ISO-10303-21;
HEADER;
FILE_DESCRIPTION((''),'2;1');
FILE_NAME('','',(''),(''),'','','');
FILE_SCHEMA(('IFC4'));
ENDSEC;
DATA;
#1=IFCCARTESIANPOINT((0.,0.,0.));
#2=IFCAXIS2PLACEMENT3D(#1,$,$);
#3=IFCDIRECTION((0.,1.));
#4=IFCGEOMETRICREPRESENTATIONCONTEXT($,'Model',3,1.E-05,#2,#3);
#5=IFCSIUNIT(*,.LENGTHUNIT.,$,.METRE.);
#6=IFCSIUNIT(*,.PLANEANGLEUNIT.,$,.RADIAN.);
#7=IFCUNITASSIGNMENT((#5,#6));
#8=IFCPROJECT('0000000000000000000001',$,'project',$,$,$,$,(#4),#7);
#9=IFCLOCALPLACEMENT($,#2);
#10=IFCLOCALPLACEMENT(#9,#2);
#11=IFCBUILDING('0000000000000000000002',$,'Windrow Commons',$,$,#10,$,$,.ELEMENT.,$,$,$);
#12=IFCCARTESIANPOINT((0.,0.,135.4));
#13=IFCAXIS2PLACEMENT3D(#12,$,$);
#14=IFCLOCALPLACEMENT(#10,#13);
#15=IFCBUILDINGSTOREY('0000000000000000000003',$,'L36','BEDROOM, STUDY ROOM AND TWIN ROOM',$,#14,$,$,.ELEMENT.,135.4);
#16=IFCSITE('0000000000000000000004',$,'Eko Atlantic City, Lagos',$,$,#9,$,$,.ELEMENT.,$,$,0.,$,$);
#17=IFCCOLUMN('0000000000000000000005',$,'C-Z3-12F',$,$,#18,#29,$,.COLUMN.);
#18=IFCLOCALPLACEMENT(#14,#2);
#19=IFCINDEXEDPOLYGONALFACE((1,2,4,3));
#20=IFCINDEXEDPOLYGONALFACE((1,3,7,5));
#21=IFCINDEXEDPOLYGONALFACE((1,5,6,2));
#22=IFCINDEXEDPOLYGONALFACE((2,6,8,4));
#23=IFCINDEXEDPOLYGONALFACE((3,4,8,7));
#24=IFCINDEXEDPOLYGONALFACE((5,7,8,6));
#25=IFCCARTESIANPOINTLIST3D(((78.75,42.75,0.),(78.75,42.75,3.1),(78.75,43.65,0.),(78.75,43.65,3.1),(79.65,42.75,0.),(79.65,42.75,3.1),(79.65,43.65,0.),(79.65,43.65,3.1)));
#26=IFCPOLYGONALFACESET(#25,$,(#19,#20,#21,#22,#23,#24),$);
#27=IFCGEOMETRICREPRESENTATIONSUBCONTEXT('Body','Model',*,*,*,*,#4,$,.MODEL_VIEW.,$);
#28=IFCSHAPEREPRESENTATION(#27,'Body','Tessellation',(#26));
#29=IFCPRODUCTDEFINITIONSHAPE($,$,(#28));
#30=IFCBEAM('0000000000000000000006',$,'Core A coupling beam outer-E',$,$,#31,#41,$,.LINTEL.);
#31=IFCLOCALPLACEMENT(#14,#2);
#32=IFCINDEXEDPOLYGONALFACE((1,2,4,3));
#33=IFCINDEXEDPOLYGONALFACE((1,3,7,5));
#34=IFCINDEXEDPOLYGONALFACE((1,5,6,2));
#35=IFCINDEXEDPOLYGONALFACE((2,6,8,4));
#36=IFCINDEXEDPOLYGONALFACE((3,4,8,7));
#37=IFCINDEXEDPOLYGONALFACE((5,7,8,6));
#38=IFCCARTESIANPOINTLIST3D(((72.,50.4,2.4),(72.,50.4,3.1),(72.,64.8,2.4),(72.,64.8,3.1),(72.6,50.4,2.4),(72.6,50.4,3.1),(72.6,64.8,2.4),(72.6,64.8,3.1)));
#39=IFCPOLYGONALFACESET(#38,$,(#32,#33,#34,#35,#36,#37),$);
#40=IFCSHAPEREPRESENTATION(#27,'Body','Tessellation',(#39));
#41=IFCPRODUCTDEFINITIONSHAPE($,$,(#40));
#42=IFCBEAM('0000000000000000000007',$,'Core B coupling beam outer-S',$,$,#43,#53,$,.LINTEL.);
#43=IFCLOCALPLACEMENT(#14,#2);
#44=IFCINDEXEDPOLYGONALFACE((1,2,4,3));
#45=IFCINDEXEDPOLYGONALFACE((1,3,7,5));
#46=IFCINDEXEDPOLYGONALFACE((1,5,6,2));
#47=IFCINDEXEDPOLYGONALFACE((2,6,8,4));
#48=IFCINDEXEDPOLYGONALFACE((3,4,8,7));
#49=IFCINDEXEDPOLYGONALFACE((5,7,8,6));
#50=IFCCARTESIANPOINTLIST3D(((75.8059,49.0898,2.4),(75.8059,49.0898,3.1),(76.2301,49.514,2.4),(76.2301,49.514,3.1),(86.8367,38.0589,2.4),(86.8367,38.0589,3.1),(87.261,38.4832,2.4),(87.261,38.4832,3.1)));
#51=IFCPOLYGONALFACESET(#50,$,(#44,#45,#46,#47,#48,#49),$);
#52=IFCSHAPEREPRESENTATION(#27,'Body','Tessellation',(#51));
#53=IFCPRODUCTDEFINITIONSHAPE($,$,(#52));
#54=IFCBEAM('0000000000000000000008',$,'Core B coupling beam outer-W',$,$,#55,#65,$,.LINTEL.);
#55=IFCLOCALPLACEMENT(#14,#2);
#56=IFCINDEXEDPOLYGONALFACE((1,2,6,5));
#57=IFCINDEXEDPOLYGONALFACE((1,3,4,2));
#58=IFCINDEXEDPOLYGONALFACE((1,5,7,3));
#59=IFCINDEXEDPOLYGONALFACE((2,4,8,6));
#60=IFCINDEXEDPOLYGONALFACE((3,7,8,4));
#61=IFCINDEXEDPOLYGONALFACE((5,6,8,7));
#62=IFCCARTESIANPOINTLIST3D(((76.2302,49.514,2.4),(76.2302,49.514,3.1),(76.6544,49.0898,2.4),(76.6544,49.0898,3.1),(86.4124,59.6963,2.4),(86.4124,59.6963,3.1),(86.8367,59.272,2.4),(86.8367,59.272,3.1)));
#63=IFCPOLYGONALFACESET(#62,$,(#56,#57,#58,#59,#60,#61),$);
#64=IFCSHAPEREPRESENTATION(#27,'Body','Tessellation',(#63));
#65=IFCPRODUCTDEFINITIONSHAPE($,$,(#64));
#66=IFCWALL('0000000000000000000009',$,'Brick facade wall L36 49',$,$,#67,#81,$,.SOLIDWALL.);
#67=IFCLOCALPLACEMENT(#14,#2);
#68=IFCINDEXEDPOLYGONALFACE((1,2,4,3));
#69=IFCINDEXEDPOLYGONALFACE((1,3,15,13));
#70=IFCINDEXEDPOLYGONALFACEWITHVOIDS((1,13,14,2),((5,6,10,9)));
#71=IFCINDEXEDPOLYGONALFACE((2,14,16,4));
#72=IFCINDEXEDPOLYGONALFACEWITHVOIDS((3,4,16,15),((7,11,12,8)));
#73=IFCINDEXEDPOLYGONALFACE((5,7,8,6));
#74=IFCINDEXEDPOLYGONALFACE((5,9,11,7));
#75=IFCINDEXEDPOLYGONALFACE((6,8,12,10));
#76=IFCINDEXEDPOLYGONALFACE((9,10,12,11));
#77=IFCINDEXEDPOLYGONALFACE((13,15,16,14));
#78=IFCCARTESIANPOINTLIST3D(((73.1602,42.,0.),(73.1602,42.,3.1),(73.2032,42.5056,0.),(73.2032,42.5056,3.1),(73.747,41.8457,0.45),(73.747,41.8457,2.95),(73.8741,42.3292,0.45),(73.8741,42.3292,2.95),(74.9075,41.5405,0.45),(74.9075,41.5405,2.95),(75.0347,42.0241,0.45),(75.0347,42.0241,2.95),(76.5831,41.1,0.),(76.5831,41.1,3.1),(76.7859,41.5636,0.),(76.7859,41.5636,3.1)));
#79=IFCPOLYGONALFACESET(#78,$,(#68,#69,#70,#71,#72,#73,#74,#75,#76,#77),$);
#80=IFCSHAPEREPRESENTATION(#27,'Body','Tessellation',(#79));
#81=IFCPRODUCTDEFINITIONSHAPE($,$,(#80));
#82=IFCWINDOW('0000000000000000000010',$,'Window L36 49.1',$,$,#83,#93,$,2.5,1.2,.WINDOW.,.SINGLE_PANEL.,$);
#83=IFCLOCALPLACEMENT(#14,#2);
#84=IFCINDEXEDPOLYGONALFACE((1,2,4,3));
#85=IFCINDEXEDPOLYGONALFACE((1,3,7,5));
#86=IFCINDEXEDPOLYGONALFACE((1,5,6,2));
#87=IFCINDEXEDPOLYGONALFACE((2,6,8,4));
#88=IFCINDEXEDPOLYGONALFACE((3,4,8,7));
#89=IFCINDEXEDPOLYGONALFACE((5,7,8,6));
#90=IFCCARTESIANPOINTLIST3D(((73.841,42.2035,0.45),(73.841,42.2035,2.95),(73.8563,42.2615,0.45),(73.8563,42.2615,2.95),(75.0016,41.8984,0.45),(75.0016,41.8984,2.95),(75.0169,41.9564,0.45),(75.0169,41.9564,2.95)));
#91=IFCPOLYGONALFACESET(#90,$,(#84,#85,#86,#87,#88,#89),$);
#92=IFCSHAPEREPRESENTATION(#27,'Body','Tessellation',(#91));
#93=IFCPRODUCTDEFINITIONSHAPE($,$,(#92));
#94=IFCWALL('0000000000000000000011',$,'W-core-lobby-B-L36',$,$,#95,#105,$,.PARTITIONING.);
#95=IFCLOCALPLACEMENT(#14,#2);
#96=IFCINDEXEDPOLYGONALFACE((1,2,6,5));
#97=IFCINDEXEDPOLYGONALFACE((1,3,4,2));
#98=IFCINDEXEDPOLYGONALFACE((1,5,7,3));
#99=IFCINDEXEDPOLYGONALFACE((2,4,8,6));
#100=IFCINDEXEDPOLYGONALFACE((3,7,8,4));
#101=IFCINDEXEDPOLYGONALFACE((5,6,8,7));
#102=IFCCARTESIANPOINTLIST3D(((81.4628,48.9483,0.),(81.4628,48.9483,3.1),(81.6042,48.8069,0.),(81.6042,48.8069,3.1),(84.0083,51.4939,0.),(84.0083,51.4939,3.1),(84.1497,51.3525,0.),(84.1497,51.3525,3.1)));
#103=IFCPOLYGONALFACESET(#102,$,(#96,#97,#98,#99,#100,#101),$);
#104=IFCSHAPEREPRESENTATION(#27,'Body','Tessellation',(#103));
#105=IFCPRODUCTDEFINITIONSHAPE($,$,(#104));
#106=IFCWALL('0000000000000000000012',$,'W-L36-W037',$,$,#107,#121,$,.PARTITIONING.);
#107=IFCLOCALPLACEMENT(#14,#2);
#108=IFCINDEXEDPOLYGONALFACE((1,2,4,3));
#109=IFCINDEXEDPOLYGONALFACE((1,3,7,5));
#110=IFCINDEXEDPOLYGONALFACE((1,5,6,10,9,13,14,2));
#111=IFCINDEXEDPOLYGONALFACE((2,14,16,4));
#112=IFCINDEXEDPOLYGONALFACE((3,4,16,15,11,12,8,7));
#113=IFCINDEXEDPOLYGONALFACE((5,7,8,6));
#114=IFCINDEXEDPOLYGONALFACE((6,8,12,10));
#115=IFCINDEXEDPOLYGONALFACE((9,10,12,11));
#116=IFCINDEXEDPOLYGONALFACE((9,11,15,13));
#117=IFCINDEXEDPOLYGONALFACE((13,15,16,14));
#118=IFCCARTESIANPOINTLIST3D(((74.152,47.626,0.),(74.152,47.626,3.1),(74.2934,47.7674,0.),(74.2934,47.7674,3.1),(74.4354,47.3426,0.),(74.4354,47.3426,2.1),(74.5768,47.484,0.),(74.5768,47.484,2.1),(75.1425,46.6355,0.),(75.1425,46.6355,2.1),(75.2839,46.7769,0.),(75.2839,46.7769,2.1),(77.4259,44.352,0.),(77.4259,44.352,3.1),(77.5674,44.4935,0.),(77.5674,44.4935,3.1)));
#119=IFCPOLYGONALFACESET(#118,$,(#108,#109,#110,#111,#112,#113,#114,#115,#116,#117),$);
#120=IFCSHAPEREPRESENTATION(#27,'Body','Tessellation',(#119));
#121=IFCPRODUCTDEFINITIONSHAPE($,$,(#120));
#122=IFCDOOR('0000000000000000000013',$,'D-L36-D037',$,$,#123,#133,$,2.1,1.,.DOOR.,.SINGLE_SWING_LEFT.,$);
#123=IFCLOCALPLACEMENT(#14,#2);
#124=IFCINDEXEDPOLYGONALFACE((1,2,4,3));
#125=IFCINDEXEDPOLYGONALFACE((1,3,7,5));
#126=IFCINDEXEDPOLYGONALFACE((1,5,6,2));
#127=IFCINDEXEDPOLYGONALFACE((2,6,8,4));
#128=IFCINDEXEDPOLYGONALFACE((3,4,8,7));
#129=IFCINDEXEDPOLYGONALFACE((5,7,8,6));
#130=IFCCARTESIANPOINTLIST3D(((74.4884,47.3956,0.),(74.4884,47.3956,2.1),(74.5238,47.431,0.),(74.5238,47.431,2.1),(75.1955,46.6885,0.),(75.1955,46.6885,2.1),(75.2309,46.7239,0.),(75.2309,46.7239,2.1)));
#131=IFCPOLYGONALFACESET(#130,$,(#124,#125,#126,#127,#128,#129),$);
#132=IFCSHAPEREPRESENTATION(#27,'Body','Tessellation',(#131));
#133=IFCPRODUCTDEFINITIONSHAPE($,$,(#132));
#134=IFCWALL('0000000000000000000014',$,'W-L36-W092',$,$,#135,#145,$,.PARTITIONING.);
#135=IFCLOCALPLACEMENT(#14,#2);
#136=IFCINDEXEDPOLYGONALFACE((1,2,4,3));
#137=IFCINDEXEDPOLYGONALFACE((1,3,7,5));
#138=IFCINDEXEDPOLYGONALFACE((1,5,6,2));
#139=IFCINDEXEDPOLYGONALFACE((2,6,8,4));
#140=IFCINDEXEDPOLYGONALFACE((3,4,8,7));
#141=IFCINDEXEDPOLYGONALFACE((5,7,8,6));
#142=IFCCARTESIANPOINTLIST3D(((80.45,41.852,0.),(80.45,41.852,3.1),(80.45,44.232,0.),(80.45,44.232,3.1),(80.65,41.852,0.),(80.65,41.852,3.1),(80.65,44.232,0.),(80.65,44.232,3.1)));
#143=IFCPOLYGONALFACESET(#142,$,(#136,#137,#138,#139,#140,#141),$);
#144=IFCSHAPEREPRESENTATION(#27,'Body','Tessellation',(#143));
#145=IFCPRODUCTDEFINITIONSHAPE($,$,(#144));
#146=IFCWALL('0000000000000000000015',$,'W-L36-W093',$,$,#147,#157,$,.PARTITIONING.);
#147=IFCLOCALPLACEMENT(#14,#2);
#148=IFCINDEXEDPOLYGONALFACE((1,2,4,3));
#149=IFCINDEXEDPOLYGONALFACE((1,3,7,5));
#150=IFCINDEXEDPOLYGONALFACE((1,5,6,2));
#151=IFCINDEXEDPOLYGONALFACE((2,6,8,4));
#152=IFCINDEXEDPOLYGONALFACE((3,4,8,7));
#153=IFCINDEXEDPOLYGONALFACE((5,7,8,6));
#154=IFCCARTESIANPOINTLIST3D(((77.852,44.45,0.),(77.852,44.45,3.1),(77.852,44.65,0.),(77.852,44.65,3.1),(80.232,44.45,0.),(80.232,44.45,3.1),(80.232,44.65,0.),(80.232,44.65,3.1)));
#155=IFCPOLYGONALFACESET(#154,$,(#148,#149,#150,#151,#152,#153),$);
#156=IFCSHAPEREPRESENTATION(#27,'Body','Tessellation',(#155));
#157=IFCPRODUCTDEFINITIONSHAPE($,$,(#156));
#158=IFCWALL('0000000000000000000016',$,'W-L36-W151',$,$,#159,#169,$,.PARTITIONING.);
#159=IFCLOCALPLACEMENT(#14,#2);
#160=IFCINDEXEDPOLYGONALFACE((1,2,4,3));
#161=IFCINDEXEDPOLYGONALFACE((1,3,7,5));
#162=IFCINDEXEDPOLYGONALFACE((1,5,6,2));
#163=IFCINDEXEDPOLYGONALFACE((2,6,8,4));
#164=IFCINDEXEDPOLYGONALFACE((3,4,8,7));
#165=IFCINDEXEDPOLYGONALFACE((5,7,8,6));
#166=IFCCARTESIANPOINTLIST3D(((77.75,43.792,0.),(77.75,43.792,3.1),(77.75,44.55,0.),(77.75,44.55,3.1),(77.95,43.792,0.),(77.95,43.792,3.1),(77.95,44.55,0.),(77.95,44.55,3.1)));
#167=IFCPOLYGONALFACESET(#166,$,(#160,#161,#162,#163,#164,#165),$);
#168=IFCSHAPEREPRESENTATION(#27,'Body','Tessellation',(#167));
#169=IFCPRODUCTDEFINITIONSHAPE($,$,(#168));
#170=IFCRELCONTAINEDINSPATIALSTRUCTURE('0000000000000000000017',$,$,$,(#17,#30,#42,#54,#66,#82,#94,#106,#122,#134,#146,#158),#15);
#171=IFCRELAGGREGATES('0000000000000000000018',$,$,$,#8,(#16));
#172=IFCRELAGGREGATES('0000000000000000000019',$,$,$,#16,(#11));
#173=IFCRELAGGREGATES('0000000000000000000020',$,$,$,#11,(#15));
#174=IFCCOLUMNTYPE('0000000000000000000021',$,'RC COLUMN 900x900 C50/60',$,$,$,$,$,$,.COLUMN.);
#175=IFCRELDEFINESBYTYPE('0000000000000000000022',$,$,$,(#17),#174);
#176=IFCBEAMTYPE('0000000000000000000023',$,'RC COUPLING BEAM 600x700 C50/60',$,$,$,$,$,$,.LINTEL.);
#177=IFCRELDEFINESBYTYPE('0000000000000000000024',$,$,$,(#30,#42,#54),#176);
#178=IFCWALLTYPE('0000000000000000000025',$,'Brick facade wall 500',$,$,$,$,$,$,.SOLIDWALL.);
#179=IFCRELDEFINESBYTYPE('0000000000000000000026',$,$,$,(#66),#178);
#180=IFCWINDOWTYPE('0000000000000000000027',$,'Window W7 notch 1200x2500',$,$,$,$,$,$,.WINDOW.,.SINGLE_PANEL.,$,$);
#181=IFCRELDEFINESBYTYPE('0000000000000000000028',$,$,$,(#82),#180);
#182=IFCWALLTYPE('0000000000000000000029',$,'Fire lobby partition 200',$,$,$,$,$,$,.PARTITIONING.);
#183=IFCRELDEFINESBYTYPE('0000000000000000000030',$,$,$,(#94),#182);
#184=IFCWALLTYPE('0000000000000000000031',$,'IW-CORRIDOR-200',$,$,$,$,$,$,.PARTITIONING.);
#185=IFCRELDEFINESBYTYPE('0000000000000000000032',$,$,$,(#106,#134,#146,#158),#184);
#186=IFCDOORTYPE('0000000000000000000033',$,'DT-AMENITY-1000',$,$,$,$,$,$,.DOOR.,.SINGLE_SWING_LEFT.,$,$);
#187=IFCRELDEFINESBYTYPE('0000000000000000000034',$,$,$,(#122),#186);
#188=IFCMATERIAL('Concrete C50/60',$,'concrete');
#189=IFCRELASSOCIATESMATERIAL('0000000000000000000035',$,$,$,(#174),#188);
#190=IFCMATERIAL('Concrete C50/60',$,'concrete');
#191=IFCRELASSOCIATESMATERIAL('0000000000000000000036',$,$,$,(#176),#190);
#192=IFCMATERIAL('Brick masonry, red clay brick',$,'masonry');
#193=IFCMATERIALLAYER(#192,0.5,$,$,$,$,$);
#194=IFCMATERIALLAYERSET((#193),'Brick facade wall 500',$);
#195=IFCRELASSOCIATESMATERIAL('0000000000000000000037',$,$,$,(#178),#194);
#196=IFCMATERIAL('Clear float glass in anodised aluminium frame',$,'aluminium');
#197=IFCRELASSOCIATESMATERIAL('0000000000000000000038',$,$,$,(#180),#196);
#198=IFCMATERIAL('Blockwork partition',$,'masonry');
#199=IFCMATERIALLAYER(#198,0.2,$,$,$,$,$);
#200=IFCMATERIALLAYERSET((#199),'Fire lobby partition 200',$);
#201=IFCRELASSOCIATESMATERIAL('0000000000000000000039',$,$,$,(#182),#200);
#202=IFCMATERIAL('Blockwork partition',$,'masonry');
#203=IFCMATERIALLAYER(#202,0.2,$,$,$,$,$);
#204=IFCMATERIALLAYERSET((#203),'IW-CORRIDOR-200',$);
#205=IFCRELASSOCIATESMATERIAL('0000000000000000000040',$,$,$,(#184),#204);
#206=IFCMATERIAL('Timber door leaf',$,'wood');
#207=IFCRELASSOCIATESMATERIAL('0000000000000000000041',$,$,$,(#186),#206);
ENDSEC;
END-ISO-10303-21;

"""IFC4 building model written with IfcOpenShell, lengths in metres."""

from ifc_helpers import new_model, si_unit, direction, frame, frame_2d, origin, origin_2d, place, context, subcontext, project, spatial, polyline, rectangle, outline, extrude, material, layer, layer_set, material_profile, profile_set, type_object, element, fill, save


model = new_model("IFC4")

# Units and contexts
model_context = context("Model", 3, precision=1e-05, world=origin(), true_north=direction((0.0, 1.0)))
body_context = subcontext(model_context, "Body", "Model", "MODEL_VIEW")
ifc_project = project(units=[si_unit("LENGTHUNIT", "METRE"), si_unit("PLANEANGLEUNIT", "RADIAN")], contexts=[model_context])

# Site, building, storey
site_placement = place(None, origin())
site = spatial("IfcSite", under=ifc_project, at=site_placement, Name="Eko Atlantic City, Lagos", CompositionType="ELEMENT", RefElevation=0.0)
building_placement = place(site_placement, origin())
building = spatial("IfcBuilding", under=site, at=building_placement, Name="Windrow Commons", CompositionType="ELEMENT")
storey_placement = place(building_placement, frame((0.0, 0.0, 135.4)))
storey = spatial("IfcBuildingStorey", under=building, at=storey_placement, Name="L36", Description="BEDROOM, STUDY ROOM AND TWIN ROOM", CompositionType="ELEMENT", Elevation=135.4)

# Column
ifc_material_1 = material(Name="Concrete C50/60", Category="concrete")
ifc_material_profile_1 = material_profile(ifc_material_1, rectangle(XDim=0.9, YDim=0.9, at=origin_2d()))
ifc_profile_set_1 = profile_set([ifc_material_profile_1], Name="Concrete C50/60")
column_type = type_object("IfcColumnType", Name="RC COLUMN 900x900 C50/60", PredefinedType="COLUMN", material=ifc_profile_set_1)
column_placement = place(storey_placement, frame((79.2, 43.2, 0.0), z_axis=(0.0, 0.0, 1.0), x_axis=(1.0, 0.0, 0.0)))
element("IfcColumn", 1, at=column_placement, inside=storey, type_object=column_type, Name="C-Z3-12F", PredefinedType="COLUMN", context=body_context, shape_type="SweptSolid", body=[
    extrude(rectangle(XDim=0.9, YDim=0.9, at=origin_2d()), origin(), (0.0, 0.0, 1.0), 3.1),
])

# Beams
ifc_material_2 = material(Name="Concrete C50/60", Category="concrete")
ifc_material_profile_2 = material_profile(ifc_material_2, rectangle(XDim=0.6, YDim=0.7, at=origin_2d()))
ifc_profile_set_2 = profile_set([ifc_material_profile_2], Name="Concrete C50/60")
beam_type = type_object("IfcBeamType", Name="RC COUPLING BEAM 600x700 C50/60", PredefinedType="LINTEL", material=ifc_profile_set_2)
beam_1_placement = place(storey_placement, frame((72.3, 50.4, 2.75), z_axis=(0.0, 1.0, 0.0), x_axis=(-1.0, 0.0, 0.0)))
element("IfcBeam", 2, at=beam_1_placement, inside=storey, type_object=beam_type, Name="Core A coupling beam outer-E", PredefinedType="LINTEL", context=body_context, shape_type="SweptSolid", body=[
    extrude(rectangle(XDim=0.6, YDim=0.7, at=origin_2d()), origin(), (0.0, 0.0, 1.0), 14.4),
])
beam_2_placement = place(storey_placement, frame((76.018, 49.3019, 2.75), z_axis=(0.707107, -0.707107, 0.0), x_axis=(0.707107, 0.707107, 0.0)))
element("IfcBeam", 3, at=beam_2_placement, inside=storey, type_object=beam_type, Name="Core B coupling beam outer-S", PredefinedType="LINTEL", context=body_context, shape_type="SweptSolid", body=[
    extrude(rectangle(XDim=0.6, YDim=0.7, at=origin_2d()), origin(), (0.0, 0.0, 1.0), 15.6),
])
beam_3_placement = place(storey_placement, frame((76.4423, 49.3019, 2.75), z_axis=(0.707107, 0.707107, 0.0), x_axis=(-0.707107, 0.707107, 0.0)))
element("IfcBeam", 4, at=beam_3_placement, inside=storey, type_object=beam_type, Name="Core B coupling beam outer-W", PredefinedType="LINTEL", context=body_context, shape_type="SweptSolid", body=[
    extrude(rectangle(XDim=0.6, YDim=0.7, at=origin_2d()), origin(), (0.0, 0.0, 1.0), 14.3999),
])

# Wall, opening, window
ifc_material_3 = material(Name="Brick masonry, red clay brick", Category="masonry")
ifc_layer_1 = layer(ifc_material_3, 0.5)
ifc_layer_set_1 = layer_set([ifc_layer_1], Name="Brick facade wall 500")
wall_type_1 = type_object("IfcWallType", Name="Brick facade wall 500", PredefinedType="SOLIDWALL", material=ifc_layer_set_1)
wall_1_placement = place(storey_placement, frame((73.1817, 42.2528, 0.0), z_axis=(0.0, 0.0, 1.0), x_axis=(0.967128, -0.254289, 0.0)))
wall_1 = element("IfcWall", 5, at=wall_1_placement, inside=storey, type_object=wall_type_1, Name="Brick facade wall L36 49", PredefinedType="SOLIDWALL", context=body_context, shape_type="SweptSolid", body=[
    extrude(outline(polyline([(0.0435, -0.25), (3.5827, -0.25), (3.661, 0.25), (-0.0435, 0.25), (0.0435, -0.25)])), origin(), (0.0, 0.0, 1.0), 3.1),
])
opening_1_placement = place(wall_1_placement, frame((0.6502, 0.0, 0.45)))
opening_1 = element("IfcOpeningElement", 6, at=opening_1_placement, cuts=wall_1, PredefinedType="OPENING", context=body_context, shape_type="SweptSolid", body=[
    extrude(rectangle(XDim=1.2, YDim=2.5, at=frame_2d((0.6, 1.25))), frame((0.0, 0.26, 0.0), z_axis=(0.0, -1.0, 0.0), x_axis=(1.0, 0.0, 0.0)), (0.0, 0.0, 1.0), 0.52),
])
ifc_material_4 = material(Name="Clear float glass in anodised aluminium frame", Category="aluminium")
window_type = type_object("IfcWindowType", Name="Window W7 notch 1200x2500", PartitioningType="SINGLE_PANEL", PredefinedType="WINDOW", material=ifc_material_4)
window_placement = place(opening_1_placement, origin())
window = element("IfcWindow", 7, at=window_placement, inside=storey, type_object=window_type, Name="Window L36 49.1", OverallHeight=2.5, OverallWidth=1.2, PartitioningType="SINGLE_PANEL", PredefinedType="WINDOW", context=body_context, shape_type="SweptSolid", body=[
    extrude(rectangle(XDim=1.2, YDim=2.5, at=frame_2d((0.6, 1.25))), frame((0.0, 0.18, 0.0), z_axis=(0.0, -1.0, 0.0), x_axis=(1.0, 0.0, 0.0)), (0.0, 0.0, 1.0), 0.06),
])
fill(opening_1, window)

# Wall
ifc_material_5 = material(Name="Blockwork partition", Category="masonry")
ifc_layer_2 = layer(ifc_material_5, 0.2)
ifc_layer_set_2 = layer_set([ifc_layer_2], Name="Fire lobby partition 200")
wall_type_2 = type_object("IfcWallType", Name="Fire lobby partition 200", PredefinedType="PARTITIONING", material=ifc_layer_set_2)
wall_2_placement = place(storey_placement, frame((81.5335, 48.8776, 0.0), z_axis=(0.0, 0.0, 1.0), x_axis=(0.707093, 0.707121, 0.0)))
element("IfcWall", 8, at=wall_2_placement, inside=storey, type_object=wall_type_2, Name="W-core-lobby-B-L36", PredefinedType="PARTITIONING", context=body_context, shape_type="SweptSolid", body=[
    extrude(rectangle(XDim=3.6, YDim=0.2, at=frame_2d((1.8, 0.0))), origin(), (0.0, 0.0, 1.0), 3.1),
])

# Wall, opening, door
ifc_material_6 = material(Name="Blockwork partition", Category="masonry")
ifc_layer_3 = layer(ifc_material_6, 0.2)
ifc_layer_set_3 = layer_set([ifc_layer_3], Name="IW-CORRIDOR-200")
wall_type_3 = type_object("IfcWallType", Name="IW-CORRIDOR-200", PredefinedType="PARTITIONING", material=ifc_layer_set_3)
wall_3_placement = place(storey_placement, frame((74.2227, 47.6967, 0.0), z_axis=(0.0, 0.0, 1.0), x_axis=(0.707107, -0.707107, 0.0)))
wall_3 = element("IfcWall", 9, at=wall_3_placement, inside=storey, type_object=wall_type_3, Name="W-L36-W037", PredefinedType="PARTITIONING", context=body_context, shape_type="SweptSolid", body=[
    extrude(rectangle(XDim=4.6301, YDim=0.2, at=frame_2d((2.315, 0.0))), origin(), (0.0, 0.0, 1.0), 3.1),
])
opening_2_placement = place(wall_3_placement, frame((0.4008, 0.0, 0.0)))
opening_2 = element("IfcOpeningElement", 10, at=opening_2_placement, cuts=wall_3, PredefinedType="OPENING", context=body_context, shape_type="SweptSolid", body=[
    extrude(rectangle(XDim=1.0, YDim=2.1, at=frame_2d((0.5, 1.05))), frame((0.0, 0.11, 0.0), z_axis=(0.0, -1.0, 0.0), x_axis=(1.0, 0.0, 0.0)), (0.0, 0.0, 1.0), 0.22),
])
ifc_material_7 = material(Name="Timber door leaf", Category="wood")
door_type_1 = type_object("IfcDoorType", Name="DT-AMENITY-1000", OperationType="SINGLE_SWING_LEFT", PredefinedType="DOOR", material=ifc_material_7)
door_1_placement = place(opening_2_placement, origin())
door_1 = element("IfcDoor", 11, at=door_1_placement, inside=storey, type_object=door_type_1, Name="D-L36-D037", OperationType="SINGLE_SWING_LEFT", OverallHeight=2.1, OverallWidth=1.0, PredefinedType="DOOR", context=body_context, shape_type="SweptSolid", body=[
    extrude(rectangle(XDim=1.0, YDim=2.1, at=frame_2d((0.5, 1.05))), frame((0.0, 0.025, 0.0), z_axis=(0.0, -1.0, 0.0), x_axis=(1.0, 0.0, 0.0)), (0.0, 0.0, 1.0), 0.05),
])
fill(opening_2, door_1)

# Walls
for number, where, z_axis, x_axis, name in (
    (12, (80.55, 41.852, 0.0), (0.0, 0.0, 1.0), (0.0, 1.0, 0.0), "W-L36-W092"),
    (13, (77.852, 44.55, 0.0), (0.0, 0.0, 1.0), (1.0, 0.0, 0.0), "W-L36-W093"),
):
    element("IfcWall", number, at=place(storey_placement, frame(where, z_axis=z_axis, x_axis=x_axis)), inside=storey, type_object=wall_type_3, Name=name, PredefinedType="PARTITIONING", context=body_context, shape_type="SweptSolid", body=[
        extrude(rectangle(XDim=2.38, YDim=0.2, at=frame_2d((1.19, 0.0))), origin(), (0.0, 0.0, 1.0), 3.1),
    ])
wall_4_placement = place(storey_placement, frame((77.85, 43.792, 0.0), z_axis=(0.0, 0.0, 1.0), x_axis=(0.0, 1.0, 0.0)))
element("IfcWall", 14, at=wall_4_placement, inside=storey, type_object=wall_type_3, Name="W-L36-W151", PredefinedType="PARTITIONING", context=body_context, shape_type="SweptSolid", body=[
    extrude(rectangle(XDim=0.758, YDim=0.2, at=frame_2d((0.379, 0.0))), origin(), (0.0, 0.0, 1.0), 3.1),
])

save(model, "model.ifc")
